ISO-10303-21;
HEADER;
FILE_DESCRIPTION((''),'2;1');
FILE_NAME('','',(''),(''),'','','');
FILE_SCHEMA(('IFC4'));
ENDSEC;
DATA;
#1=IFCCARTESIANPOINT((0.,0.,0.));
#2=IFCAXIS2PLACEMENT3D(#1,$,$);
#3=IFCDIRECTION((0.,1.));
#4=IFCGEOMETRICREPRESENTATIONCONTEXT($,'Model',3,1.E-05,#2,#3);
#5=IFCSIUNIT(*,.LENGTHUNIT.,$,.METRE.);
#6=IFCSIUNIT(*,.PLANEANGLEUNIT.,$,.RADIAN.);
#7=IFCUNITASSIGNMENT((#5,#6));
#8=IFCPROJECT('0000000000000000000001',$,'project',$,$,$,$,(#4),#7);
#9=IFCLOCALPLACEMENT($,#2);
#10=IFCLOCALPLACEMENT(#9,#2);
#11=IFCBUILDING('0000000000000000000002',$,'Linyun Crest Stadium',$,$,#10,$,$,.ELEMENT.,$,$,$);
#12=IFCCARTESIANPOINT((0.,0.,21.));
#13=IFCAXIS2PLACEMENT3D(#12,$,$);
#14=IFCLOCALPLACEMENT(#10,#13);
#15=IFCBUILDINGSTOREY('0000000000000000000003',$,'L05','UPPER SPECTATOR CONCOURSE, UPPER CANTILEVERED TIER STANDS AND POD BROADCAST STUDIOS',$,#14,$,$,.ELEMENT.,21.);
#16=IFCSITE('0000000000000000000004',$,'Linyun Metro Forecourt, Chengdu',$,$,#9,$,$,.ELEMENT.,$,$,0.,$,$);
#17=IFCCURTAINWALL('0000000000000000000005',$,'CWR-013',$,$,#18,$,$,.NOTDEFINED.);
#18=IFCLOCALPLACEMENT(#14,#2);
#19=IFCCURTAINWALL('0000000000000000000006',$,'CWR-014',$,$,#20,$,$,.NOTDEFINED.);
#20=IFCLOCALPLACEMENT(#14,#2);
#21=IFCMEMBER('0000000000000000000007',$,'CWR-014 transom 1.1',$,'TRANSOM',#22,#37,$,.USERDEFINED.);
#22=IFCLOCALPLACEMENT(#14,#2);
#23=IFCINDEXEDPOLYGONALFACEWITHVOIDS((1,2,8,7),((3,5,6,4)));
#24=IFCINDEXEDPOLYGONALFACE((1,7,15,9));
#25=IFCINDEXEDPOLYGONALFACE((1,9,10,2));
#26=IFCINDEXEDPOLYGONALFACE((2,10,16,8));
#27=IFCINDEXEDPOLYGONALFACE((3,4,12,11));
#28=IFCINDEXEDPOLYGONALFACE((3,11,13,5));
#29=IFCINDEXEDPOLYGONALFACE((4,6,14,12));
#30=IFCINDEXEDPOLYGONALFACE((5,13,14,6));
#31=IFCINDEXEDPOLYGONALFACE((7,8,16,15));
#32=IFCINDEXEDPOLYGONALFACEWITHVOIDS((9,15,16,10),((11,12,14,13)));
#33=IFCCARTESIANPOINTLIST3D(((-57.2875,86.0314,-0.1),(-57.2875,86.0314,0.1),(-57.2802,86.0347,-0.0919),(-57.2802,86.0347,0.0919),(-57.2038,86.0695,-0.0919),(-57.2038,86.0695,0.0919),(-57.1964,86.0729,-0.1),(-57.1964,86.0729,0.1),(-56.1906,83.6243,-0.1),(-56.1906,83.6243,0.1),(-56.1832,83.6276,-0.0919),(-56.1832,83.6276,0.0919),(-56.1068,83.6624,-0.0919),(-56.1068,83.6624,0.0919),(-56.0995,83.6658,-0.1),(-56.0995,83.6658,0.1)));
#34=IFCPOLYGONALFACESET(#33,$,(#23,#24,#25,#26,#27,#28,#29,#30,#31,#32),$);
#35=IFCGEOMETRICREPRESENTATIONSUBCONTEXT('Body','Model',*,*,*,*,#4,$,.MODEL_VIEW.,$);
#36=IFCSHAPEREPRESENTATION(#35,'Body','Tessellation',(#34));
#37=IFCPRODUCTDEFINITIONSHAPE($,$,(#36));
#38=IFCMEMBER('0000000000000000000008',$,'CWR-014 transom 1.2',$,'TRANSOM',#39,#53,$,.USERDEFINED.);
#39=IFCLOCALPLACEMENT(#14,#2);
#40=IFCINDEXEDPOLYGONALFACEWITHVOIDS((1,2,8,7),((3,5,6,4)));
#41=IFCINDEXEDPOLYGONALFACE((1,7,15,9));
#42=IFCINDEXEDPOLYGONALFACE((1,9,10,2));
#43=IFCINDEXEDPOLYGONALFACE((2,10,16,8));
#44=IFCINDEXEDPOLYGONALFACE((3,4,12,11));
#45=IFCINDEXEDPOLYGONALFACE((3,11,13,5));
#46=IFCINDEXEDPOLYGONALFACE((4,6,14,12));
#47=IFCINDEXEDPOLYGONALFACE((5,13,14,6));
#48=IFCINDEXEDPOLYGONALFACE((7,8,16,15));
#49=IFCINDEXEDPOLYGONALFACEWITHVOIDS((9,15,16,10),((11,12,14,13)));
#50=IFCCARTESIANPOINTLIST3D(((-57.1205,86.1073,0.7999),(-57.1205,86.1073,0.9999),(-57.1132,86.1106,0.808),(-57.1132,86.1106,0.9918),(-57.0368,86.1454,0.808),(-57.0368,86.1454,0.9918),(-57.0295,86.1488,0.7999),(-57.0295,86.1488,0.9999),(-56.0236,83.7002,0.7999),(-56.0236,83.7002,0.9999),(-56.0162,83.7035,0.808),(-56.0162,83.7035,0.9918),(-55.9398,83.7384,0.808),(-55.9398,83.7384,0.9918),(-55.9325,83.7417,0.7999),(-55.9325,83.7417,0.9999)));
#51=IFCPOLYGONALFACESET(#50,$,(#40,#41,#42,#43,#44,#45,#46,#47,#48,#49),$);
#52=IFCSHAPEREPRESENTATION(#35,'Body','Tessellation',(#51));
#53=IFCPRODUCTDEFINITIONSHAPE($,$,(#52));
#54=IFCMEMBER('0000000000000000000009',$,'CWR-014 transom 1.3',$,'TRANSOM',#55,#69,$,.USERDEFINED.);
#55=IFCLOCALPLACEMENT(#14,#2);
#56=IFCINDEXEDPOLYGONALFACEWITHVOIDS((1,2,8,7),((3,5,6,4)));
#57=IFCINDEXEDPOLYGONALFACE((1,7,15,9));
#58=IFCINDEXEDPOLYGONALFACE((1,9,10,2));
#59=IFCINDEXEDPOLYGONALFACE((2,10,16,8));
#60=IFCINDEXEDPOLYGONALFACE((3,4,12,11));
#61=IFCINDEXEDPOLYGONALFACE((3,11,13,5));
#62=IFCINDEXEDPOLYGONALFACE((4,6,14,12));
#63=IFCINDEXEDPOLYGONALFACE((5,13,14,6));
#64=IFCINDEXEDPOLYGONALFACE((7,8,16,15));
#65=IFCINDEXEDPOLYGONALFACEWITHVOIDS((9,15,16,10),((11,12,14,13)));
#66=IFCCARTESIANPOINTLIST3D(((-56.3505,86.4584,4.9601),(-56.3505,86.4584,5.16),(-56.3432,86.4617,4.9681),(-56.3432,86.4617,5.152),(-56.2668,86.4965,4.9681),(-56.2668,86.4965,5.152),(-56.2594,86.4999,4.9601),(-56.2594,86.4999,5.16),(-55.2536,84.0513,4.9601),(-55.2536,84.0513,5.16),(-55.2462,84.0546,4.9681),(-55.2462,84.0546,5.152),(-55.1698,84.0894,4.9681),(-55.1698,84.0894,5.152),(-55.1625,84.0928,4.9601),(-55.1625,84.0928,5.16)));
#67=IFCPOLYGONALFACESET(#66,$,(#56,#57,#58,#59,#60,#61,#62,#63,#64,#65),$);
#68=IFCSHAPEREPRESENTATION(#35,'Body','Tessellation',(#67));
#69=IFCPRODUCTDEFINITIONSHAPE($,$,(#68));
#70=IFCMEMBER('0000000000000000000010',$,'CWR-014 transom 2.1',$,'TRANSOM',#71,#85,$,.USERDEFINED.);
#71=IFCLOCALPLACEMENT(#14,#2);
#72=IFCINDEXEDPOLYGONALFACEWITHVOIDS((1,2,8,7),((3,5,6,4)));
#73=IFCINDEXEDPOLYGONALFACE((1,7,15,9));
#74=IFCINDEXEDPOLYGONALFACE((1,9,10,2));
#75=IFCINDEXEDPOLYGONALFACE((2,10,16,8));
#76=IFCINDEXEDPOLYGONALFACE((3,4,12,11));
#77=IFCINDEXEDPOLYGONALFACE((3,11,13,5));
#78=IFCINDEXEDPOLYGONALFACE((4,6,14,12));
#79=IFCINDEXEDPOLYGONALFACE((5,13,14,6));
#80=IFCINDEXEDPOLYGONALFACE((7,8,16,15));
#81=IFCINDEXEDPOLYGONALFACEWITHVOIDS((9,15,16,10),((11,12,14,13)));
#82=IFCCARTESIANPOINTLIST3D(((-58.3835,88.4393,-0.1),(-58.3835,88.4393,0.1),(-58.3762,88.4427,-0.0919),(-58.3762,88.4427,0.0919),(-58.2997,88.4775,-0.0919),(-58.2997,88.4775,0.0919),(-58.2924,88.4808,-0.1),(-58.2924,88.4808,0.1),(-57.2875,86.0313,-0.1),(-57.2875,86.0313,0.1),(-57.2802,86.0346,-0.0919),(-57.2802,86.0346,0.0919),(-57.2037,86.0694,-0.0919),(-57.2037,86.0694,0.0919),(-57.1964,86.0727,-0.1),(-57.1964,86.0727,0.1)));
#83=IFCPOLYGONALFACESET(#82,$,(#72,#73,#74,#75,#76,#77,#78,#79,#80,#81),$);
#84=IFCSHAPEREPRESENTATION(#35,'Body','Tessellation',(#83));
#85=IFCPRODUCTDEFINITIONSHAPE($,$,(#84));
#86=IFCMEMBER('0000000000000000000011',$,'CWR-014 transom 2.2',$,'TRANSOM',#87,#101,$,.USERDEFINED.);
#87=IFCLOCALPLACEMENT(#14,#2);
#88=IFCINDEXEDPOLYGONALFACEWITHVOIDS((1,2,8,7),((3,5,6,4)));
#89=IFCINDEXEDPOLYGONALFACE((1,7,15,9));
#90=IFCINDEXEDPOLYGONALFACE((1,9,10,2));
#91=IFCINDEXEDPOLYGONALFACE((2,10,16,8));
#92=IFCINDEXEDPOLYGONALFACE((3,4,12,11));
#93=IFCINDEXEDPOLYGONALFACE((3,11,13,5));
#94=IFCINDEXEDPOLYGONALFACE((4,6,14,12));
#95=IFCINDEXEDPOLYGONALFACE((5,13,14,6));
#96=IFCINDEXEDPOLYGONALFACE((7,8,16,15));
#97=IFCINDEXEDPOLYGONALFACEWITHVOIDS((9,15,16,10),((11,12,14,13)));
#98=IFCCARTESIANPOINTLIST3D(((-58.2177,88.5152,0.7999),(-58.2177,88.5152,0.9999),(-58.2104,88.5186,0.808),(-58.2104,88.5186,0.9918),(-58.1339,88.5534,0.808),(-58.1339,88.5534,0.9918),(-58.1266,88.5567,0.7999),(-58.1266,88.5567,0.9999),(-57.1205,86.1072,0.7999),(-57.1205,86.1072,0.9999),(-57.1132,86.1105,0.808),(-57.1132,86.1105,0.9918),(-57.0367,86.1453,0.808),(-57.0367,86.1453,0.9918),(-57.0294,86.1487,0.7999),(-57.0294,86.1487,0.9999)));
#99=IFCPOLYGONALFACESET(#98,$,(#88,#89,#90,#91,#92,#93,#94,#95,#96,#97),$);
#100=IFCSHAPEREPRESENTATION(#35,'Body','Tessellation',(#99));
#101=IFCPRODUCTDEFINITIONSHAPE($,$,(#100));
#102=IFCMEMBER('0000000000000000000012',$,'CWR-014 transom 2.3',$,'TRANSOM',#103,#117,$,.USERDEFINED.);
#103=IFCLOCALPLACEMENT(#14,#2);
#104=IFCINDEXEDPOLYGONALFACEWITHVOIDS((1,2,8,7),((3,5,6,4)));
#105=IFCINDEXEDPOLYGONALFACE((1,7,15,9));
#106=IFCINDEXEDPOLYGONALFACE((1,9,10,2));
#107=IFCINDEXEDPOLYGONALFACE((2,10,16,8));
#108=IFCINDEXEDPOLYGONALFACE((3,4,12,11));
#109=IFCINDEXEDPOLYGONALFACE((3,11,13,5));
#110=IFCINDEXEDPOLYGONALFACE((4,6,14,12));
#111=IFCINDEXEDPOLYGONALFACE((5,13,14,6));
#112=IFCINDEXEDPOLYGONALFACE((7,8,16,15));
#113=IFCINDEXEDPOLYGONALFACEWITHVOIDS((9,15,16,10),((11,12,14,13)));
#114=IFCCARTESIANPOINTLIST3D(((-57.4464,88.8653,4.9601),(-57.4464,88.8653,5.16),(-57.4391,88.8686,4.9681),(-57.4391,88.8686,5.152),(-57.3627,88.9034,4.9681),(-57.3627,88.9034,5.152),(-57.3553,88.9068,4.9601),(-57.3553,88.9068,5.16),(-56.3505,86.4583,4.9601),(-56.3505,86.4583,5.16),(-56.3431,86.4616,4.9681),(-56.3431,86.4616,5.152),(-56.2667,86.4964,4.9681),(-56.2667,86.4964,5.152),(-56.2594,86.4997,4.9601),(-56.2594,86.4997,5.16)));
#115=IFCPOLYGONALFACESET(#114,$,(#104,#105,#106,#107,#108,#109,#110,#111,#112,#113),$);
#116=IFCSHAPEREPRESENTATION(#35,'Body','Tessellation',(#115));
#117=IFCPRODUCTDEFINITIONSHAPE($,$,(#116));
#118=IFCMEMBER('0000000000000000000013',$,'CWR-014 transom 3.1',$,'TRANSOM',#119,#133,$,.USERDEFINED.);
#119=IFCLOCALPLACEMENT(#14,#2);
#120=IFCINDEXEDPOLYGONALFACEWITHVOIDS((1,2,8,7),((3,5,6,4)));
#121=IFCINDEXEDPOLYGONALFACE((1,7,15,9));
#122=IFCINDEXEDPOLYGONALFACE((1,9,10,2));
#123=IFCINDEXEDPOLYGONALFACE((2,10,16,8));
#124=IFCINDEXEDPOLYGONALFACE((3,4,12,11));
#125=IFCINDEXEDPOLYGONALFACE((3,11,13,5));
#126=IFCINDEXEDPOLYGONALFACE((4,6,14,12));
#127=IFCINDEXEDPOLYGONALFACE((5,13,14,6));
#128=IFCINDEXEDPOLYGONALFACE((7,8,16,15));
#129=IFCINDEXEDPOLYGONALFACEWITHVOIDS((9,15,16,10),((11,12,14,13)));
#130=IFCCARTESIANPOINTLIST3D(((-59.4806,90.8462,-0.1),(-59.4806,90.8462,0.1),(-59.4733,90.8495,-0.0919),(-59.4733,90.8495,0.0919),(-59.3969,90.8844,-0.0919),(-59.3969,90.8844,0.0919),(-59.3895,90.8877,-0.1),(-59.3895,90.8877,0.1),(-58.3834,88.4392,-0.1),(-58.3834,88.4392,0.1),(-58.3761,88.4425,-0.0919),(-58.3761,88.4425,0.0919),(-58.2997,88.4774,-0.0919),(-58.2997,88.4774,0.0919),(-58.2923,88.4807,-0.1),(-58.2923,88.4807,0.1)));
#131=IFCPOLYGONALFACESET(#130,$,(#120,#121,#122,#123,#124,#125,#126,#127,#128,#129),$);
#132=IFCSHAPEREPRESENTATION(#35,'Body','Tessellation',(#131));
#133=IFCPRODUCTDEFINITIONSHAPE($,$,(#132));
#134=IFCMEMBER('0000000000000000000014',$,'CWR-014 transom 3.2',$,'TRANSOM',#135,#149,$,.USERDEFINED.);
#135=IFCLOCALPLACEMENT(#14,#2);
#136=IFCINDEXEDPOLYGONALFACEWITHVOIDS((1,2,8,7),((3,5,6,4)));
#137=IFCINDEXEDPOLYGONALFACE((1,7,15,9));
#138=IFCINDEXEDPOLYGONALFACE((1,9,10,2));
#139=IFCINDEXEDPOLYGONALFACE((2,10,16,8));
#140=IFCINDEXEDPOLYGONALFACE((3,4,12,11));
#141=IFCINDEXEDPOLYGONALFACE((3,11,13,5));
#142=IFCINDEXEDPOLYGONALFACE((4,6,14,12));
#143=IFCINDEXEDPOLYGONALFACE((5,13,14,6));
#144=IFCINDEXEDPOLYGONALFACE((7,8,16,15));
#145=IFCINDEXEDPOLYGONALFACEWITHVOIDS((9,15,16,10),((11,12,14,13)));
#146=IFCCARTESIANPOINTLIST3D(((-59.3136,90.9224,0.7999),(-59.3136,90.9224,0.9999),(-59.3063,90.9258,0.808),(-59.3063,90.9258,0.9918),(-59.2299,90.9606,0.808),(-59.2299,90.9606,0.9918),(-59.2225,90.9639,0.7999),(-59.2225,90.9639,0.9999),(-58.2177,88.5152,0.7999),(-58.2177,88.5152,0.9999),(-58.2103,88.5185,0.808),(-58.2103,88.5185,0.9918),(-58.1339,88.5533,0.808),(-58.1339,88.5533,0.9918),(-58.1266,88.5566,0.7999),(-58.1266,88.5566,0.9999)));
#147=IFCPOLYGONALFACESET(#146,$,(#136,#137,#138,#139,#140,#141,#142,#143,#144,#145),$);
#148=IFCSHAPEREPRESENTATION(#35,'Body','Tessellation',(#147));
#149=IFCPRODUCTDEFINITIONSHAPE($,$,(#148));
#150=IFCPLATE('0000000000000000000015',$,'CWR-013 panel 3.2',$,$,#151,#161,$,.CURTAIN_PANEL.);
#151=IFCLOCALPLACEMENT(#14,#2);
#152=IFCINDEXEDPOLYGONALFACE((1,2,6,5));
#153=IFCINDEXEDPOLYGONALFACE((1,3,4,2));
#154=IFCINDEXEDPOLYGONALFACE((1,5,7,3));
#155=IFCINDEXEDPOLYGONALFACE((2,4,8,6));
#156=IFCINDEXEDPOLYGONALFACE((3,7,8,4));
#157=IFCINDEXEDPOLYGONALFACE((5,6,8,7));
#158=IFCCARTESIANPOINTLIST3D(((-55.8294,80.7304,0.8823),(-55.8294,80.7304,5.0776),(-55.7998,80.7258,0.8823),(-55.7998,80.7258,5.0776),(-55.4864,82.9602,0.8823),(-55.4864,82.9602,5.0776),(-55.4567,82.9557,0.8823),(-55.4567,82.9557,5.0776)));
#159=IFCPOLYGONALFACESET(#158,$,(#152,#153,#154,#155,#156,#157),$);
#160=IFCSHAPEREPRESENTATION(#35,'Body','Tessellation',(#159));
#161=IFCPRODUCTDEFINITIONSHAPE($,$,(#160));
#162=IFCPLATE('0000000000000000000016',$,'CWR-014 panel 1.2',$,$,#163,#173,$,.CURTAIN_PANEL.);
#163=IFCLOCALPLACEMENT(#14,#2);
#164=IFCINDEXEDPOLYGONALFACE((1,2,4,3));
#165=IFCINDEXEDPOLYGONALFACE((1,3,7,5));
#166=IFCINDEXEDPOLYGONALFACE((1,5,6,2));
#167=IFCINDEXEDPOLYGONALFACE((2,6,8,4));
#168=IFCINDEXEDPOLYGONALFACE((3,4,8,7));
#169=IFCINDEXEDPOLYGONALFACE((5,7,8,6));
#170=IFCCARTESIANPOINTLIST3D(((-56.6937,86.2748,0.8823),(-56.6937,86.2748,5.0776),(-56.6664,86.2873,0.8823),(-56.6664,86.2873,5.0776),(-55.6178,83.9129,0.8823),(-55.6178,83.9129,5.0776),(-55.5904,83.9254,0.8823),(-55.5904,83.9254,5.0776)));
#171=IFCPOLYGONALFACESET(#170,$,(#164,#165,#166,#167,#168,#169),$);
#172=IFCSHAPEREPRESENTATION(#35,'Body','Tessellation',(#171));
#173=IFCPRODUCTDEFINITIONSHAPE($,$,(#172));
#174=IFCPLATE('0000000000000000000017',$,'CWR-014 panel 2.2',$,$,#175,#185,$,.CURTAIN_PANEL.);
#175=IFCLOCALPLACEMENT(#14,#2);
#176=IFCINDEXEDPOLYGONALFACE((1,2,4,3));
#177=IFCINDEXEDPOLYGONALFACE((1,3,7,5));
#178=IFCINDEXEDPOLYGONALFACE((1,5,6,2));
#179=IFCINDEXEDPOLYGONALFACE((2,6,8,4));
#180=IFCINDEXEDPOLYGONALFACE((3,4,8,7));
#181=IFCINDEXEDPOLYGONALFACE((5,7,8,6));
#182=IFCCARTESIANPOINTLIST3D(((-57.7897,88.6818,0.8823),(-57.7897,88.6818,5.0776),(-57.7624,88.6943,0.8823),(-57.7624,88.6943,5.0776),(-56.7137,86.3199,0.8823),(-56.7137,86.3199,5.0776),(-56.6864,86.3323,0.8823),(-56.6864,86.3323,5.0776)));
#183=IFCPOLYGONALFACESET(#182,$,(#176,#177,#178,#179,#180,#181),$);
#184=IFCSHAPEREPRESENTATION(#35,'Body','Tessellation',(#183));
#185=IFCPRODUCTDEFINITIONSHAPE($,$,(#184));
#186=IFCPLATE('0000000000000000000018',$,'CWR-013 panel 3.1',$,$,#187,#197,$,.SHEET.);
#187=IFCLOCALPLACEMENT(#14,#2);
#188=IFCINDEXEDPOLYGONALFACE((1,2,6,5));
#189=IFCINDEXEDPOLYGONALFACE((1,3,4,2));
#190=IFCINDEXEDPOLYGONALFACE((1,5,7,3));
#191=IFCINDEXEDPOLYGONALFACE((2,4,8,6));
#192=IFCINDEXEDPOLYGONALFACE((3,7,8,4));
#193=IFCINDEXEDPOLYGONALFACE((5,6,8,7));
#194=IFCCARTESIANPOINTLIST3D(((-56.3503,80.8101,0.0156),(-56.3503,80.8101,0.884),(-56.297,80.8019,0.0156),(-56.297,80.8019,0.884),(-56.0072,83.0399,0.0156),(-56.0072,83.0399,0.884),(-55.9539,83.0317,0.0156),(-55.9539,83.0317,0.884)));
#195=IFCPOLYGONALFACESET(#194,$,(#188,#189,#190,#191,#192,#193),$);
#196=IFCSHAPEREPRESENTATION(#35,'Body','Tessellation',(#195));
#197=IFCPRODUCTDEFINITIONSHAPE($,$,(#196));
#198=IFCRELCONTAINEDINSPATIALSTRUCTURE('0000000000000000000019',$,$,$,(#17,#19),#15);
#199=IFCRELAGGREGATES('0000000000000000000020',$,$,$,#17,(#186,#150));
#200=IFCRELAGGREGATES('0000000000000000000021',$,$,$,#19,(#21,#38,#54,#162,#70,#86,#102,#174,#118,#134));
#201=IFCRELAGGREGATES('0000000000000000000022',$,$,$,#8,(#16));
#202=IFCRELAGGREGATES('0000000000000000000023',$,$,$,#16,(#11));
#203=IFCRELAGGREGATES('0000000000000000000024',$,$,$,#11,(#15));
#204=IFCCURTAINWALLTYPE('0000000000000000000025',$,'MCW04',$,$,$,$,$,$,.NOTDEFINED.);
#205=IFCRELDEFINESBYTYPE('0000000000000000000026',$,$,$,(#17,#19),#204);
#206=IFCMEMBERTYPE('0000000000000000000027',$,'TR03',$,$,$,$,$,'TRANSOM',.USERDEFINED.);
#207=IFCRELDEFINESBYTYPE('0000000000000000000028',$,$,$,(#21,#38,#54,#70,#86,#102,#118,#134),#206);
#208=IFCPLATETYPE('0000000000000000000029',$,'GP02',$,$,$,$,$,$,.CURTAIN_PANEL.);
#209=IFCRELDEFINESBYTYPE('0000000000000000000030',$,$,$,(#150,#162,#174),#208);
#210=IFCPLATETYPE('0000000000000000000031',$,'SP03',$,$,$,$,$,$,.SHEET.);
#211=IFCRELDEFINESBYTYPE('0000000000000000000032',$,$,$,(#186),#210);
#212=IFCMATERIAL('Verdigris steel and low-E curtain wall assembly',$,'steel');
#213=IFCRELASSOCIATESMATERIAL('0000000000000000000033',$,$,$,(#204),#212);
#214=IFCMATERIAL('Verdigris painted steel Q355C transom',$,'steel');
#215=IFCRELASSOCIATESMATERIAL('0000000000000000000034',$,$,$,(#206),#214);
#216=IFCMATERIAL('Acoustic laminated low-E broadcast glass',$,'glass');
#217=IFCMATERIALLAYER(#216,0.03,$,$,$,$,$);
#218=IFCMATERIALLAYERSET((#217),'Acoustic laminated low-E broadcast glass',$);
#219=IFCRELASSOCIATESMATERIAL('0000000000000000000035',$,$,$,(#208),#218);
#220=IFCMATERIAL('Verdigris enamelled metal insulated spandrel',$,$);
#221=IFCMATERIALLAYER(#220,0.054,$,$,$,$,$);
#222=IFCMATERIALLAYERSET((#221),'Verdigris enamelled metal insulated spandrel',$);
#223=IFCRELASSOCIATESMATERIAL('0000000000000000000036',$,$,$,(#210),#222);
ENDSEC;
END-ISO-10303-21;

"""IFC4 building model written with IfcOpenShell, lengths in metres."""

from ifc_helpers import new_model, si_unit, direction, frame, origin, origin_2d, place, context, subcontext, project, spatial, rectangle, hollow_rectangle, extrude, material, layer, layer_set, material_profile, profile_set, type_object, element, aggregate, save


model = new_model("IFC4")

# Units and contexts
model_context = context("Model", 3, precision=1e-05, world=origin(), true_north=direction((0.0, 1.0)))
body_context = subcontext(model_context, "Body", "Model", "MODEL_VIEW")
ifc_project = project(units=[si_unit("LENGTHUNIT", "METRE"), si_unit("PLANEANGLEUNIT", "RADIAN")], contexts=[model_context])

# Site, building, storey
site_placement = place(None, origin())
site = spatial("IfcSite", under=ifc_project, at=site_placement, Name="Linyun Metro Forecourt, Chengdu", CompositionType="ELEMENT", RefElevation=0.0)
building_placement = place(site_placement, origin())
building = spatial("IfcBuilding", under=site, at=building_placement, Name="Linyun Crest Stadium", CompositionType="ELEMENT")
storey_placement = place(building_placement, frame((0.0, 0.0, 21.0)))
storey = spatial("IfcBuildingStorey", under=building, at=storey_placement, Name="L05", Description="UPPER SPECTATOR CONCOURSE, UPPER CANTILEVERED TIER STANDS AND POD BROADCAST STUDIOS", CompositionType="ELEMENT", Elevation=21.0)

# Curtain walls
ifc_material_1 = material(Name="Verdigris steel and low-E curtain wall assembly", Category="steel")
curtain_wall_type = type_object("IfcCurtainWallType", Name="MCW04", PredefinedType="NOTDEFINED", material=ifc_material_1)
curtain_wall_1_placement = place(storey_placement, origin())
curtain_wall_1 = element("IfcCurtainWall", 1, at=curtain_wall_1_placement, inside=storey, type_object=curtain_wall_type, Name="CWR-013", PredefinedType="NOTDEFINED")
curtain_wall_2_placement = place(storey_placement, origin())
curtain_wall_2 = element("IfcCurtainWall", 2, at=curtain_wall_2_placement, inside=storey, type_object=curtain_wall_type, Name="CWR-014", PredefinedType="NOTDEFINED")

# Members
ifc_material_2 = material(Name="Verdigris painted steel Q355C transom", Category="steel")
ifc_material_profile_1 = material_profile(ifc_material_2, hollow_rectangle(XDim=0.1001, YDim=0.2, WallThickness=0.0081, at=origin_2d()), Name="RHS 200x100x8")
ifc_profile_set_1 = profile_set([ifc_material_profile_1], Name="Verdigris painted steel Q355C transom")
member_type_1 = type_object("IfcMemberType", Name="TR03", ElementType="TRANSOM", PredefinedType="USERDEFINED", material=ifc_profile_set_1)
member_1_placement = place(storey_placement, frame((-56.145, 83.645, 0.0), z_axis=(-0.414693, 0.909961, 0.0), x_axis=(-0.909961, -0.414693, 0.0)))
member_1 = element("IfcMember", 3, at=member_1_placement, type_object=member_type_1, Name="CWR-014 transom 1.1", ObjectType="TRANSOM", PredefinedType="USERDEFINED", context=body_context, shape_type="SweptSolid", body=[
    extrude(hollow_rectangle(XDim=0.1001, YDim=0.2, WallThickness=0.0081, at=origin_2d()), origin(), (0.0, 0.0, 1.0), 2.6453),
])
member_2_placement = place(storey_placement, frame((-55.978, 83.7209, 0.8999), z_axis=(-0.414693, 0.909961, 0.0), x_axis=(-0.909961, -0.414693, 0.0)))
member_2 = element("IfcMember", 4, at=member_2_placement, type_object=member_type_1, Name="CWR-014 transom 1.2", ObjectType="TRANSOM", PredefinedType="USERDEFINED", context=body_context, shape_type="SweptSolid", body=[
    extrude(hollow_rectangle(XDim=0.1001, YDim=0.2, WallThickness=0.0081, at=origin_2d()), origin(), (0.0, 0.0, 1.0), 2.6453),
])
member_3_placement = place(storey_placement, frame((-55.208, 84.072, 5.0601), z_axis=(-0.414693, 0.909961, 0.0), x_axis=(-0.909961, -0.414693, 0.0)))
member_3 = element("IfcMember", 5, at=member_3_placement, type_object=member_type_1, Name="CWR-014 transom 1.3", ObjectType="TRANSOM", PredefinedType="USERDEFINED", context=body_context, shape_type="SweptSolid", body=[
    extrude(hollow_rectangle(XDim=0.1001, YDim=0.2, WallThickness=0.0081, at=origin_2d()), origin(), (0.0, 0.0, 1.0), 2.6453),
])
member_4_placement = place(storey_placement, frame((-57.2419, 86.052, 0.0), z_axis=(-0.414248, 0.910164, 0.0), x_axis=(-0.910164, -0.414248, 0.0)))
member_4 = element("IfcMember", 6, at=member_4_placement, type_object=member_type_1, Name="CWR-014 transom 2.1", ObjectType="TRANSOM", PredefinedType="USERDEFINED", context=body_context, shape_type="SweptSolid", body=[
    extrude(hollow_rectangle(XDim=0.1001, YDim=0.2, WallThickness=0.0081, at=origin_2d()), origin(), (0.0, 0.0, 1.0), 2.6458),
])
member_5_placement = place(storey_placement, frame((-57.075, 86.1279, 0.8999), z_axis=(-0.41463, 0.90999, 0.0), x_axis=(-0.90999, -0.41463, 0.0)))
member_5 = element("IfcMember", 7, at=member_5_placement, type_object=member_type_1, Name="CWR-014 transom 2.2", ObjectType="TRANSOM", PredefinedType="USERDEFINED", context=body_context, shape_type="SweptSolid", body=[
    extrude(hollow_rectangle(XDim=0.1001, YDim=0.2, WallThickness=0.0081, at=origin_2d()), origin(), (0.0, 0.0, 1.0), 2.6462),
])
member_6_placement = place(storey_placement, frame((-56.3049, 86.479, 5.0601), z_axis=(-0.414387, 0.910101, 0.0), x_axis=(-0.910101, -0.414387, 0.0)))
member_6 = element("IfcMember", 8, at=member_6_placement, type_object=member_type_1, Name="CWR-014 transom 2.3", ObjectType="TRANSOM", PredefinedType="USERDEFINED", context=body_context, shape_type="SweptSolid", body=[
    extrude(hollow_rectangle(XDim=0.1001, YDim=0.2, WallThickness=0.0081, at=origin_2d()), origin(), (0.0, 0.0, 1.0), 2.6448),
])
member_7_placement = place(storey_placement, frame((-58.3379, 88.46, 0.0), z_axis=(-0.414769, 0.909927, 0.0), x_axis=(-0.909927, -0.414769, 0.0)))
member_7 = element("IfcMember", 9, at=member_7_placement, type_object=member_type_1, Name="CWR-014 transom 3.1", ObjectType="TRANSOM", PredefinedType="USERDEFINED", context=body_context, shape_type="SweptSolid", body=[
    extrude(hollow_rectangle(XDim=0.1001, YDim=0.2, WallThickness=0.0081, at=origin_2d()), origin(), (0.0, 0.0, 1.0), 2.6453),
])
member_8_placement = place(storey_placement, frame((-58.1721, 88.5359, 0.8999), z_axis=(-0.414352, 0.910117, 0.0), x_axis=(-0.910117, -0.414352, 0.0)))
member_8 = element("IfcMember", 10, at=member_8_placement, type_object=member_type_1, Name="CWR-014 transom 3.2", ObjectType="TRANSOM", PredefinedType="USERDEFINED", context=body_context, shape_type="SweptSolid", body=[
    extrude(hollow_rectangle(XDim=0.1001, YDim=0.2, WallThickness=0.0081, at=origin_2d()), origin(), (0.0, 0.0, 1.0), 2.645),
])

# Plates
ifc_material_3 = material(Name="Acoustic laminated low-E broadcast glass", Category="glass")
ifc_layer_1 = layer(ifc_material_3, 0.03)
ifc_layer_set_1 = layer_set([ifc_layer_1], Name="Acoustic laminated low-E broadcast glass")
plate_type_1 = type_object("IfcPlateType", Name="GP02", PredefinedType="CURTAIN_PANEL", material=ifc_layer_set_1)
plate_1_placement = place(storey_placement, frame((-55.6431, 81.843, 0.8823), z_axis=(0.0, 0.0, 1.0), x_axis=(0.152054, 0.988372, 0.0)))
plate_1 = element("IfcPlate", 11, at=plate_1_placement, type_object=plate_type_1, Name="CWR-013 panel 3.2", PredefinedType="CURTAIN_PANEL", context=body_context, shape_type="SweptSolid", body=[
    extrude(rectangle(XDim=2.2561, YDim=0.03, at=origin_2d()), origin(), (0.0, 0.0, 1.0), 4.1953),
])
plate_2_placement = place(storey_placement, frame((-56.1421, 85.1001, 0.8823), z_axis=(0.0, 0.0, 1.0), x_axis=(-0.414566, 0.910019, 0.0)))
plate_2 = element("IfcPlate", 12, at=plate_2_placement, type_object=plate_type_1, Name="CWR-014 panel 1.2", PredefinedType="CURTAIN_PANEL", context=body_context, shape_type="SweptSolid", body=[
    extrude(rectangle(XDim=2.5955, YDim=0.03, at=origin_2d()), origin(), (0.0, 0.0, 1.0), 4.1953),
])
plate_3_placement = place(storey_placement, frame((-57.238, 87.5071, 0.8823), z_axis=(0.0, 0.0, 1.0), x_axis=(-0.414566, 0.910019, 0.0)))
plate_3 = element("IfcPlate", 13, at=plate_3_placement, type_object=plate_type_1, Name="CWR-014 panel 2.2", PredefinedType="CURTAIN_PANEL", context=body_context, shape_type="SweptSolid", body=[
    extrude(rectangle(XDim=2.5955, YDim=0.03, at=origin_2d()), origin(), (0.0, 0.0, 1.0), 4.1953),
])
ifc_material_4 = material(Name="Verdigris enamelled metal insulated spandrel")
ifc_layer_2 = layer(ifc_material_4, 0.054)
ifc_layer_set_2 = layer_set([ifc_layer_2], Name="Verdigris enamelled metal insulated spandrel")
plate_type_2 = type_object("IfcPlateType", Name="SP03", PredefinedType="SHEET", material=ifc_layer_set_2)
plate_4_placement = place(storey_placement, frame((-56.1521, 81.9209, 0.0156), z_axis=(0.0, 0.0, 1.0), x_axis=(0.152054, 0.988372, 0.0)))
plate_4 = element("IfcPlate", 14, at=plate_4_placement, type_object=plate_type_2, Name="CWR-013 panel 3.1", PredefinedType="SHEET", context=body_context, shape_type="SweptSolid", body=[
    extrude(rectangle(XDim=2.2561, YDim=0.054, at=origin_2d()), origin(), (0.0, 0.0, 1.0), 0.8684),
])
aggregate(curtain_wall_1, [plate_4, plate_1])
aggregate(curtain_wall_2, [member_1, member_2, member_3, plate_2, member_4, member_5, member_6, plate_3, member_7, member_8])

save(model, "model.ifc")
